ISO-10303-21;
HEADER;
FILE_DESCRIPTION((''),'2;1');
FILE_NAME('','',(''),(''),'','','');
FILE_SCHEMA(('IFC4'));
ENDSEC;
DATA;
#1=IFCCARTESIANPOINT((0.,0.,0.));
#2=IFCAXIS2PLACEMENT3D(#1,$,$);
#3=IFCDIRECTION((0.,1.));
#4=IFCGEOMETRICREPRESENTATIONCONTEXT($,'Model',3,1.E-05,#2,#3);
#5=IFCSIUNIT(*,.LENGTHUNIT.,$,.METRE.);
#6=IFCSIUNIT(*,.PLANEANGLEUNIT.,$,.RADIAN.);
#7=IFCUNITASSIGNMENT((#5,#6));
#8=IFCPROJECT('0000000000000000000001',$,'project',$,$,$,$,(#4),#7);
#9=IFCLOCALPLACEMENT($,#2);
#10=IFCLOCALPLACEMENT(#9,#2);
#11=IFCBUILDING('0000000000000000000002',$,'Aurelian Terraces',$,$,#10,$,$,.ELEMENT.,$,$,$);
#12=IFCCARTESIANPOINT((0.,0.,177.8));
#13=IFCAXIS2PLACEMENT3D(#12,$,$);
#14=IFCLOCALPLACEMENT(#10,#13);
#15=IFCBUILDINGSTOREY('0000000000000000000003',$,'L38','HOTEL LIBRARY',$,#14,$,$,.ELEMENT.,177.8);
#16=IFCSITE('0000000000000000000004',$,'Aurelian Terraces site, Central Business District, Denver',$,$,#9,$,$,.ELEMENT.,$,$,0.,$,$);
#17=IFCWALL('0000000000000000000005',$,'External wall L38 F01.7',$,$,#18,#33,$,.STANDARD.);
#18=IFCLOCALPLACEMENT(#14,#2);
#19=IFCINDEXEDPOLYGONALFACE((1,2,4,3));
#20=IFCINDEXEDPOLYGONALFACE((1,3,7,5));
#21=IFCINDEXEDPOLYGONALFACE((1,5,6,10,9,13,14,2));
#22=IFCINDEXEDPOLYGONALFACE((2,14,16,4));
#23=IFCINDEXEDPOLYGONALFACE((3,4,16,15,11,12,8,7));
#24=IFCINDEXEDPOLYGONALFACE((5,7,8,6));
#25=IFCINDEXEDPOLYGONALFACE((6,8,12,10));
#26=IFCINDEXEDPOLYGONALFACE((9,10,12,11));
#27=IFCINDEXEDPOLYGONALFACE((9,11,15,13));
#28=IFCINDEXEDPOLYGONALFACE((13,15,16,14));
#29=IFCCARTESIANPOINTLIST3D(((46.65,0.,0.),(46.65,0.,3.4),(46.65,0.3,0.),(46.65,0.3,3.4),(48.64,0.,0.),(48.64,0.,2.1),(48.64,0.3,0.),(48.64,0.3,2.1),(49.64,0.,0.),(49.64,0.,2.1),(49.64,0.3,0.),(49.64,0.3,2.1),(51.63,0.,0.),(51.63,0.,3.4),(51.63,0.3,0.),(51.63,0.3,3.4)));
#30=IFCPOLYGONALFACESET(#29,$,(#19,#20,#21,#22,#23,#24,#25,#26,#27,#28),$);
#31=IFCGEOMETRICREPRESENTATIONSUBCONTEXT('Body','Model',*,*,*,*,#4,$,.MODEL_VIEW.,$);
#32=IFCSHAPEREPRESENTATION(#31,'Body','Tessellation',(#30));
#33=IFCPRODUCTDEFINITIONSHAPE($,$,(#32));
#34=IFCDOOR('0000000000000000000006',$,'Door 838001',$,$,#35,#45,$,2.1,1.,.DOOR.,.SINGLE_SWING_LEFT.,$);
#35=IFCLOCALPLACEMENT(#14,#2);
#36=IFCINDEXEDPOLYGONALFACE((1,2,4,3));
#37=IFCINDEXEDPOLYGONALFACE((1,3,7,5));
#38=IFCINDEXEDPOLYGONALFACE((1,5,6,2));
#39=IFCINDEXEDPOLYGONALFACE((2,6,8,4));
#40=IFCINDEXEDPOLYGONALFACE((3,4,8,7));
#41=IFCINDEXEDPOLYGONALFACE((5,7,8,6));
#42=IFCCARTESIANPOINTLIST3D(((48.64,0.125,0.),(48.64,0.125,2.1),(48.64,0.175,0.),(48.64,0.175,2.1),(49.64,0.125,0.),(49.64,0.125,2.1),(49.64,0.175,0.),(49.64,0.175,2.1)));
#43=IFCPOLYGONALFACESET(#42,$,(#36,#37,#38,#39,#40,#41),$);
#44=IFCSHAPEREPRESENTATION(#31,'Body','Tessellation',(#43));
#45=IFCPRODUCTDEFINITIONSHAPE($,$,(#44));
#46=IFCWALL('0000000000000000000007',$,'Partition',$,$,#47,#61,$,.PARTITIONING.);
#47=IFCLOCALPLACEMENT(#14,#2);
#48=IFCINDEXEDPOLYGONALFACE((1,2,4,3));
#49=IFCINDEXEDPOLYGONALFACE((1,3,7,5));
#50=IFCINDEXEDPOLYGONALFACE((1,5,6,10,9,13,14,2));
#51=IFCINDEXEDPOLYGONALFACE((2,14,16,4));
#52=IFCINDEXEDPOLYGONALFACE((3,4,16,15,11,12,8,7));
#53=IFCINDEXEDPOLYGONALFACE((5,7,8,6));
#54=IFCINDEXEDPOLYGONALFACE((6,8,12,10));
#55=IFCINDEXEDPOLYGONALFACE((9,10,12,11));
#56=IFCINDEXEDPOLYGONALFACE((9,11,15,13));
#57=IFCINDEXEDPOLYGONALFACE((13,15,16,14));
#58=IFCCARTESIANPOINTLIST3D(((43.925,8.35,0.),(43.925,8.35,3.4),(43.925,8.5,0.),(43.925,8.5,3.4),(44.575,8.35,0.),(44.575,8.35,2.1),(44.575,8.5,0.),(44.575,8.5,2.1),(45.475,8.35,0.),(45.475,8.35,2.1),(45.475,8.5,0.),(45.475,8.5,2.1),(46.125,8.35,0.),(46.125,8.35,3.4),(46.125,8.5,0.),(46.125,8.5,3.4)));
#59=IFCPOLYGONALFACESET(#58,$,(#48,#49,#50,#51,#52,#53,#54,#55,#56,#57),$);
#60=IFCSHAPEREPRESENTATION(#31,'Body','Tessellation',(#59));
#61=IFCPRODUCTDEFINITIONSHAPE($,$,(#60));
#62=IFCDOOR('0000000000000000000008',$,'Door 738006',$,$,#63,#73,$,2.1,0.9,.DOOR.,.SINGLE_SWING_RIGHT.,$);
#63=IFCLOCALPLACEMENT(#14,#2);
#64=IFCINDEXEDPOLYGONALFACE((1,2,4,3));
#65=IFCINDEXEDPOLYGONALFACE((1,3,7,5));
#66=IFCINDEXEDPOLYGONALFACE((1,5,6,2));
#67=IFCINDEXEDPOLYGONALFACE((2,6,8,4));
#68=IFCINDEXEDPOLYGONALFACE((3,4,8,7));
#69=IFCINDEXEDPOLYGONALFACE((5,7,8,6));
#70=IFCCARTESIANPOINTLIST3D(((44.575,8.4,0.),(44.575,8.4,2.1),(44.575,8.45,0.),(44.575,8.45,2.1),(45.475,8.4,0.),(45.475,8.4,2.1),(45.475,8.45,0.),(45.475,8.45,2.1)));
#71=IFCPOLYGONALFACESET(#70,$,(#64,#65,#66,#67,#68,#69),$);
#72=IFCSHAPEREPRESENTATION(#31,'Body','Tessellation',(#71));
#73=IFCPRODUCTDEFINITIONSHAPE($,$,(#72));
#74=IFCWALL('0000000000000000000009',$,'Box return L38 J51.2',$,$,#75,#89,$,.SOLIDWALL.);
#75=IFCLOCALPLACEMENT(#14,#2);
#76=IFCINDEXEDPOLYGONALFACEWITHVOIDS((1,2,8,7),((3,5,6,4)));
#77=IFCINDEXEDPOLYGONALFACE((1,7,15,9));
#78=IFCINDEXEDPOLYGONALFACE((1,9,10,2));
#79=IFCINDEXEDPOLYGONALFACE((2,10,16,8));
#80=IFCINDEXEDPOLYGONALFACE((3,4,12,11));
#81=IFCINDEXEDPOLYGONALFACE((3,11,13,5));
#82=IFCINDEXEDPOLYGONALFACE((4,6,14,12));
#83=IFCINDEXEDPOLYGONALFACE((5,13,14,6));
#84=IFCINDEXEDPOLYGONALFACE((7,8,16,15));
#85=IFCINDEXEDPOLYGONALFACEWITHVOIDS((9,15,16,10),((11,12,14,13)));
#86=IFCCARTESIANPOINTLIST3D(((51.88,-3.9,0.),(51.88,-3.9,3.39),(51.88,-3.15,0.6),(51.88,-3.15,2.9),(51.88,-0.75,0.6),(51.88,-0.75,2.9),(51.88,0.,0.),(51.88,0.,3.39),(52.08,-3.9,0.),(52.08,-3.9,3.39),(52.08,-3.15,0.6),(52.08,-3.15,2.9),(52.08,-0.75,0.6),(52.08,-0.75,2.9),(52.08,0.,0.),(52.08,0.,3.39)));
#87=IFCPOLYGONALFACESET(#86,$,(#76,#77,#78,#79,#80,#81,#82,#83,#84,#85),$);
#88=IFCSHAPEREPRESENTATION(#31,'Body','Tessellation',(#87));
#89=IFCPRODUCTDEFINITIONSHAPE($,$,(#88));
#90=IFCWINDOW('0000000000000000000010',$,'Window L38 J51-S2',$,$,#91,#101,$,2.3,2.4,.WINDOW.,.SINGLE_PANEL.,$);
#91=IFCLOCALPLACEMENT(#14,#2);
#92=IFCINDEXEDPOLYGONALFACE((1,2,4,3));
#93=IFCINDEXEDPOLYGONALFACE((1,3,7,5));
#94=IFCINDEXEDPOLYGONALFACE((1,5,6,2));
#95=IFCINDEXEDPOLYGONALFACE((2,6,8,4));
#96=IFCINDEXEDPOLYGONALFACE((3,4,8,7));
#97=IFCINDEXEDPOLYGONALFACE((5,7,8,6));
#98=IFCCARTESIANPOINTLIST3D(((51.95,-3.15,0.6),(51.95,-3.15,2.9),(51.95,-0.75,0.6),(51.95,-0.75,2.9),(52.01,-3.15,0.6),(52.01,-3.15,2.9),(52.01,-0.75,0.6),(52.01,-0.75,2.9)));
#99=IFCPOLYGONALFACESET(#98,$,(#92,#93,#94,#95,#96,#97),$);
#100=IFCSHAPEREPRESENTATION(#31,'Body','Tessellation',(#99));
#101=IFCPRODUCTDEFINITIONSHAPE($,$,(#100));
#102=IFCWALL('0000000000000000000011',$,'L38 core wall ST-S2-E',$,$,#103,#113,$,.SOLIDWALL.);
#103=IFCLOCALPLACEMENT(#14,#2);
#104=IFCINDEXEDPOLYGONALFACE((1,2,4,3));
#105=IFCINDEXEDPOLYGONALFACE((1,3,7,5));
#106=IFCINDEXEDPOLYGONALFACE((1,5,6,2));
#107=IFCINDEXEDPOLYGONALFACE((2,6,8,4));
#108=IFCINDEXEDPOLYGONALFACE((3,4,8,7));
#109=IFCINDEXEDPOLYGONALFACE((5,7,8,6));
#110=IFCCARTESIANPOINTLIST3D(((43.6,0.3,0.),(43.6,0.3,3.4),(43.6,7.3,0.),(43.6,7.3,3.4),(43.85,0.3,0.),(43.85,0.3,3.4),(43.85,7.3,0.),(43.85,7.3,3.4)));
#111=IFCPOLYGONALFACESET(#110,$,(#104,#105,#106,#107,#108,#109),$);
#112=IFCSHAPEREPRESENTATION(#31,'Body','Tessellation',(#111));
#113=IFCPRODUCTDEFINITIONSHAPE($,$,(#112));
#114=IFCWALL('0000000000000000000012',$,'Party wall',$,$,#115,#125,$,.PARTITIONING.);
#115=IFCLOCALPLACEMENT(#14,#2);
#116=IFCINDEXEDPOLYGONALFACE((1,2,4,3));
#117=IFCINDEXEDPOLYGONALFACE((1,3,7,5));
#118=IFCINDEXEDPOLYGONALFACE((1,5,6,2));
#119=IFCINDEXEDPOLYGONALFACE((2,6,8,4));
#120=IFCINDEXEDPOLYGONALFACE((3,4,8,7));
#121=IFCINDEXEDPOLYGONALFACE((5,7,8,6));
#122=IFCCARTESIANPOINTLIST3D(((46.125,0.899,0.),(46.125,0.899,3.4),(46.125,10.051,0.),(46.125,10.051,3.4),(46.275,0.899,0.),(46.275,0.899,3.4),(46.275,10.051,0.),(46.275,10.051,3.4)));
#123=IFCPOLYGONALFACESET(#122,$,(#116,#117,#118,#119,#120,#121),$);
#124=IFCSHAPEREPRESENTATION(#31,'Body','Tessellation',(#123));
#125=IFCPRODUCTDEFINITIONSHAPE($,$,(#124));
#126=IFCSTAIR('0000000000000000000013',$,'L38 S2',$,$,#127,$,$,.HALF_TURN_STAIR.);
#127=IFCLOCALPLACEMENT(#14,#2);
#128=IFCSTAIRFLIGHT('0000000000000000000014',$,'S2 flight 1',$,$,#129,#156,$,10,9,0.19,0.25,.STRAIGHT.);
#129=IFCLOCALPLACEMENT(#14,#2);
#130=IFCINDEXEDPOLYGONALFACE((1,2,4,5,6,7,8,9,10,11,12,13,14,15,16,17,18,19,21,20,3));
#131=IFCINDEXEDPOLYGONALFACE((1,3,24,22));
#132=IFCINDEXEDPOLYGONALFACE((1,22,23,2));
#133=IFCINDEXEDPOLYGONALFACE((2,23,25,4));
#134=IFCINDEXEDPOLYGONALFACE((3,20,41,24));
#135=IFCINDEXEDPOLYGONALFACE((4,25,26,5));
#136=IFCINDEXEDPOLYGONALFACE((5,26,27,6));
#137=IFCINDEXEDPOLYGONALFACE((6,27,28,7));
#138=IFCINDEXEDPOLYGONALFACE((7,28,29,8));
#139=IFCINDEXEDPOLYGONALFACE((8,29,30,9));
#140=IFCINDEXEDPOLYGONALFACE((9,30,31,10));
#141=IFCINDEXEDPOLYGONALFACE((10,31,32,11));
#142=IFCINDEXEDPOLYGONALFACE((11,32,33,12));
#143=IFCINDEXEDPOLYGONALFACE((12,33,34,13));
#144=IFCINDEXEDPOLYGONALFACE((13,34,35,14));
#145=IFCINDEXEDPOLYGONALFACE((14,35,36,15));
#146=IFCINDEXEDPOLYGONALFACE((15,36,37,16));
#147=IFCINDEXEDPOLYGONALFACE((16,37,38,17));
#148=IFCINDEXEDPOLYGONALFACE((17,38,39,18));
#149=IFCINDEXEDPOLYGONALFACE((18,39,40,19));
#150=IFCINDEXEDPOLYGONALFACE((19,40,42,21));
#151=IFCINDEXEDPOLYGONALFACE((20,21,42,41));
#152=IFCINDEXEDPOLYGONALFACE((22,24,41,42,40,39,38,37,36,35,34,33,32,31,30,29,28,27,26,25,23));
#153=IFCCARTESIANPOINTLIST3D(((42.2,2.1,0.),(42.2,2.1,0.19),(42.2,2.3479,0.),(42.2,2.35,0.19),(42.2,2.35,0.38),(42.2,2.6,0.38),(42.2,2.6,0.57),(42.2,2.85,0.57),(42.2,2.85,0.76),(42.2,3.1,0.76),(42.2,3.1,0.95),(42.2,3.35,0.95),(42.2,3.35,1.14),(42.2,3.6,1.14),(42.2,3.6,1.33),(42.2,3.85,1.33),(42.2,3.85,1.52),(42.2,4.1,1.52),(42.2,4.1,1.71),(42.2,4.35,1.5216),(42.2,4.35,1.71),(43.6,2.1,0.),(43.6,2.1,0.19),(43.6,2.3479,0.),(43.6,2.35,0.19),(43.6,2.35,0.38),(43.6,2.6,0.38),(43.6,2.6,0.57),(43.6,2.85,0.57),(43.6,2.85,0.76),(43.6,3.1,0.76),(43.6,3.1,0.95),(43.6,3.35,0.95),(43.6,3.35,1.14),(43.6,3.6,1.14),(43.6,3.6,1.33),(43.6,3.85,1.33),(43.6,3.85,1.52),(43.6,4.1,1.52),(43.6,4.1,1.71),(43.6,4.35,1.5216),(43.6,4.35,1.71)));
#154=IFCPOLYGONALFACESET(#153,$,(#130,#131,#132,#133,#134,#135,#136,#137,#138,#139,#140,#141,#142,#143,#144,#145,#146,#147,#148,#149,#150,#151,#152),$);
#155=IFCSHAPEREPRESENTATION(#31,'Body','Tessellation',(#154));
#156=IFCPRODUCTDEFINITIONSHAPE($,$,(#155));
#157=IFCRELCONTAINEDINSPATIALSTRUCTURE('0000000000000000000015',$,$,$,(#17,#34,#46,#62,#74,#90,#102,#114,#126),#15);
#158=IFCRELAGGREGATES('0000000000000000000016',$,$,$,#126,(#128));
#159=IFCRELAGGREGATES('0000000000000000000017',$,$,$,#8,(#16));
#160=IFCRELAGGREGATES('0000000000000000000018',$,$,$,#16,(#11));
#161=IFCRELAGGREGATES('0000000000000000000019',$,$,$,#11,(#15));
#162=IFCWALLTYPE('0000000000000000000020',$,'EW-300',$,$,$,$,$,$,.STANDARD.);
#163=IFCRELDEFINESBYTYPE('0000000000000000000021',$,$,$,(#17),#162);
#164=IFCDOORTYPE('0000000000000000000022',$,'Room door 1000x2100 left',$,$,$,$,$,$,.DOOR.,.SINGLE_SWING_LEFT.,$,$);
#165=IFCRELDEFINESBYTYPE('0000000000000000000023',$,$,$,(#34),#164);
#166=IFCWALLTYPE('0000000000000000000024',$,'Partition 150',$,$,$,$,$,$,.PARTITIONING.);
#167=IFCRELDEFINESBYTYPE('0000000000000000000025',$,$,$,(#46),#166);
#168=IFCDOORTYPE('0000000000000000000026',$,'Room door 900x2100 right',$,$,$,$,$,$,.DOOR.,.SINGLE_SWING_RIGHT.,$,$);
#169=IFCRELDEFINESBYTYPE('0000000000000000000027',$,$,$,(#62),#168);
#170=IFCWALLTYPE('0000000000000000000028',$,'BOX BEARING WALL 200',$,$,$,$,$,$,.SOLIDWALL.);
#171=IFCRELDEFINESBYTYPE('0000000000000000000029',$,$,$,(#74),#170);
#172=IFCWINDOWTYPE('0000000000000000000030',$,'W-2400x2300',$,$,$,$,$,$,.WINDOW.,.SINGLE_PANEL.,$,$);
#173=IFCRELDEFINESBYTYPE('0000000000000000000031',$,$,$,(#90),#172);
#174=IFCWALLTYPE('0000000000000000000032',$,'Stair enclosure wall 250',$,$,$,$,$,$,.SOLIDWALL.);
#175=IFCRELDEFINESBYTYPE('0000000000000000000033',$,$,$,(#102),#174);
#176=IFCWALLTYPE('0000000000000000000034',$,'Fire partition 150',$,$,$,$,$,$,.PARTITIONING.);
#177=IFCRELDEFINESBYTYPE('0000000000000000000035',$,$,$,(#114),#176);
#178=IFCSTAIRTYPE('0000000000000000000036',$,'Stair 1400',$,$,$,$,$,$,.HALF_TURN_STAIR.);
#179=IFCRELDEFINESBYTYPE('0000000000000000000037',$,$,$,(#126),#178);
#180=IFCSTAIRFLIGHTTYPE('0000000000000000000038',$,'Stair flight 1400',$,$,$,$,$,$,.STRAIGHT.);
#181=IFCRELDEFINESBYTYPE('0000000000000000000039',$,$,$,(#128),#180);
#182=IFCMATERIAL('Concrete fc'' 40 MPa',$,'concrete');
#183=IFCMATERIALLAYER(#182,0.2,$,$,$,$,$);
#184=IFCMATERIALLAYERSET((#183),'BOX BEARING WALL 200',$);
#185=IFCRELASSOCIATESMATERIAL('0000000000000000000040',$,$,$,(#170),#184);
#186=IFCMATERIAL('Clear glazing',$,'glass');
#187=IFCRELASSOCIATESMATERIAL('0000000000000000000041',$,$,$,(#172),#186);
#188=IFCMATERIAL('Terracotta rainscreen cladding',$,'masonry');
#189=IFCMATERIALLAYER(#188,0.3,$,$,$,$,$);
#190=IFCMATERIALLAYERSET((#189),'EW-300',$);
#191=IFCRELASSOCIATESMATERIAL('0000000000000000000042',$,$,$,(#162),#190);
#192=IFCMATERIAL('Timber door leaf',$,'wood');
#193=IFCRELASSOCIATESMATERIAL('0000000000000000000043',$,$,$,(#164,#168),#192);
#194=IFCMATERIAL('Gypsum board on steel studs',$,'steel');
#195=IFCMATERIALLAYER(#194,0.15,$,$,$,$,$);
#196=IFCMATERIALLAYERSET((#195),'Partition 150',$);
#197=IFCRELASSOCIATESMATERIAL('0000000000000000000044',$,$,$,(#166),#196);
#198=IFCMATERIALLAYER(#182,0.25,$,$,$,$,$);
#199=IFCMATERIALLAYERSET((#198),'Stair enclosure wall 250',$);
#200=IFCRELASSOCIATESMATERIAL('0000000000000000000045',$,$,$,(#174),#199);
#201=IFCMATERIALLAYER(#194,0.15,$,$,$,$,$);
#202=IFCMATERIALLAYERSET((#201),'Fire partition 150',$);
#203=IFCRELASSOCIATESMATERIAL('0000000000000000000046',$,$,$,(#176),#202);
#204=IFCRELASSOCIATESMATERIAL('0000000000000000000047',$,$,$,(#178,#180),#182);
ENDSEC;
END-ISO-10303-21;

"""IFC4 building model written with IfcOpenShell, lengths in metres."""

from ifc_helpers import new_model, si_unit, direction, frame, frame_2d, origin, place, context, subcontext, project, spatial, polyline, rectangle, outline, extrude, source, transform, mapped, material, layer, layer_set, type_object, element, fill, aggregate, save


model = new_model("IFC4")

# Units and contexts
model_context = context("Model", 3, precision=1e-05, world=origin(), true_north=direction((0.0, 1.0)))
body_context = subcontext(model_context, "Body", "Model", "MODEL_VIEW")
ifc_project = project(units=[si_unit("LENGTHUNIT", "METRE"), si_unit("PLANEANGLEUNIT", "RADIAN")], contexts=[model_context])

# Site, building, storey
site_placement = place(None, origin())
site = spatial("IfcSite", under=ifc_project, at=site_placement, Name="Aurelian Terraces site, Central Business District, Denver", CompositionType="ELEMENT", RefElevation=0.0)
building_placement = place(site_placement, origin())
building = spatial("IfcBuilding", under=site, at=building_placement, Name="Aurelian Terraces", CompositionType="ELEMENT")
storey_placement = place(building_placement, frame((0.0, 0.0, 177.8)))
storey = spatial("IfcBuildingStorey", under=building, at=storey_placement, Name="L38", Description="HOTEL LIBRARY", CompositionType="ELEMENT", Elevation=177.8)

# Shared definitions
ifc_material_1 = material(Name="Concrete fc' 40 MPa", Category="concrete")
ifc_layer_1 = layer(ifc_material_1, 0.2)
ifc_layer_set_1 = layer_set([ifc_layer_1], Name="BOX BEARING WALL 200")
wall_type_1 = type_object("IfcWallType", Name="BOX BEARING WALL 200", PredefinedType="SOLIDWALL", material=ifc_layer_set_1)
ifc_material_2 = material(Name="Clear glazing", Category="glass")
window_type_1 = type_object("IfcWindowType", Name="W-2400x2300", PartitioningType="SINGLE_PANEL", PredefinedType="WINDOW", material=ifc_material_2)
shared_shape_1 = source(origin(), body_context, "Body", "SweptSolid", [
    extrude(rectangle(XDim=2.4, YDim=2.3, at=frame_2d((1.2, 1.15))), frame((0.0, 0.03, 0.0), z_axis=(0.0, -1.0, 0.0), x_axis=(1.0, 0.0, 0.0)), (0.0, 0.0, 1.0), 0.06),
])

# Shared definitions
ifc_material_3 = material(Name="Gypsum board on steel studs", Category="steel")

# Shared definitions
ifc_material_4 = material(Name="Terracotta rainscreen cladding", Category="masonry")
ifc_layer_2 = layer(ifc_material_4, 0.3)
ifc_layer_set_2 = layer_set([ifc_layer_2], Name="EW-300")
wall_type_2 = type_object("IfcWallType", Name="EW-300", PredefinedType="STANDARD", material=ifc_layer_set_2)

# Walls, openings, doors
wall_1_placement = place(storey_placement, frame((46.65, 0.15, 0.0), z_axis=(0.0, 0.0, 1.0), x_axis=(1.0, 0.0, 0.0)))
wall_1 = element("IfcWall", 1, at=wall_1_placement, inside=storey, type_object=wall_type_2, Name="External wall L38 F01.7", PredefinedType="STANDARD", context=body_context, shape_type="SweptSolid", body=[
    extrude(rectangle(XDim=4.98, YDim=0.3, at=frame_2d((2.49, 0.0))), origin(), (0.0, 0.0, 1.0), 3.4),
])
shared_shape_2 = source(origin(), body_context, "Body", "SweptSolid", [
    extrude(rectangle(XDim=1.0, YDim=2.1, at=frame_2d((0.5, 1.05))), frame((0.0, 0.16, 0.0), z_axis=(0.0, -1.0, 0.0), x_axis=(1.0, 0.0, 0.0)), (0.0, 0.0, 1.0), 0.32),
])
opening_1_placement = place(wall_1_placement, frame((1.99, 0.0, 0.0)))
opening_1 = element("IfcOpeningElement", 2, at=opening_1_placement, cuts=wall_1, PredefinedType="OPENING", context=body_context, shape_type="MappedRepresentation", body=[
    mapped(shared_shape_2, transform((0.0, 0.0, 0.0), scale=1.0)),
])
ifc_material_5 = material(Name="Timber door leaf", Category="wood")
door_type_1 = type_object("IfcDoorType", Name="Room door 1000x2100 left", OperationType="SINGLE_SWING_LEFT", PredefinedType="DOOR", material=ifc_material_5)
shared_shape_3 = source(origin(), body_context, "Body", "SweptSolid", [
    extrude(rectangle(XDim=1.0, YDim=2.1, at=frame_2d((0.5, 1.05))), frame((0.0, 0.025, 0.0), z_axis=(0.0, -1.0, 0.0), x_axis=(1.0, 0.0, 0.0)), (0.0, 0.0, 1.0), 0.05),
])
door_1_placement = place(opening_1_placement, origin())
door_1 = element("IfcDoor", 3, at=door_1_placement, inside=storey, type_object=door_type_1, Name="Door 838001", OperationType="SINGLE_SWING_LEFT", OverallHeight=2.1, OverallWidth=1.0, PredefinedType="DOOR", context=body_context, shape_type="MappedRepresentation", body=[
    mapped(shared_shape_3, transform((0.0, 0.0, 0.0), scale=1.0)),
])
fill(opening_1, door_1)
ifc_layer_3 = layer(ifc_material_3, 0.15)
ifc_layer_set_3 = layer_set([ifc_layer_3], Name="Partition 150")
wall_type_3 = type_object("IfcWallType", Name="Partition 150", PredefinedType="PARTITIONING", material=ifc_layer_set_3)
wall_2_placement = place(storey_placement, frame((46.125, 8.425, 0.0), z_axis=(0.0, 0.0, 1.0), x_axis=(-1.0, 0.0, 0.0)))
wall_2 = element("IfcWall", 4, at=wall_2_placement, inside=storey, type_object=wall_type_3, Name="Partition", PredefinedType="PARTITIONING", context=body_context, shape_type="SweptSolid", body=[
    extrude(rectangle(XDim=2.2, YDim=0.15, at=frame_2d((1.1, 0.0))), origin(), (0.0, 0.0, 1.0), 3.4),
])
shared_shape_4 = source(origin(), body_context, "Body", "SweptSolid", [
    extrude(rectangle(XDim=0.9, YDim=2.1, at=frame_2d((0.45, 1.05))), frame((0.0, 0.085, 0.0), z_axis=(0.0, -1.0, 0.0), x_axis=(1.0, 0.0, 0.0)), (0.0, 0.0, 1.0), 0.17),
])
opening_2_placement = place(wall_2_placement, frame((0.65, 0.0, 0.0)))
opening_2 = element("IfcOpeningElement", 5, at=opening_2_placement, cuts=wall_2, PredefinedType="OPENING", context=body_context, shape_type="MappedRepresentation", body=[
    mapped(shared_shape_4, transform((0.0, 0.0, 0.0), scale=1.0)),
])
door_type_2 = type_object("IfcDoorType", Name="Room door 900x2100 right", OperationType="SINGLE_SWING_RIGHT", PredefinedType="DOOR", material=ifc_material_5)
shared_shape_5 = source(origin(), body_context, "Body", "SweptSolid", [
    extrude(rectangle(XDim=0.9, YDim=2.1, at=frame_2d((0.45, 1.05))), frame((0.0, 0.025, 0.0), z_axis=(0.0, -1.0, 0.0), x_axis=(1.0, 0.0, 0.0)), (0.0, 0.0, 1.0), 0.05),
])
door_2_placement = place(opening_2_placement, origin())
door_2 = element("IfcDoor", 6, at=door_2_placement, inside=storey, type_object=door_type_2, Name="Door 738006", OperationType="SINGLE_SWING_RIGHT", OverallHeight=2.1, OverallWidth=0.9, PredefinedType="DOOR", context=body_context, shape_type="MappedRepresentation", body=[
    mapped(shared_shape_5, transform((0.0, 0.0, 0.0), scale=1.0)),
])
fill(opening_2, door_2)

# Wall, opening, window
shared_shape_6 = source(origin(), body_context, "Body", "SweptSolid", [
    extrude(rectangle(XDim=3.9, YDim=0.2, at=frame_2d((1.95, 0.0))), origin(), (0.0, 0.0, 1.0), 3.39),
])
wall_3_placement = place(storey_placement, frame((51.98, 0.0, 0.0), z_axis=(0.0, 0.0, 1.0), x_axis=(0.0, -1.0, 0.0)))
wall_3 = element("IfcWall", 7, at=wall_3_placement, inside=storey, type_object=wall_type_1, Name="Box return L38 J51.2", PredefinedType="SOLIDWALL", context=body_context, shape_type="MappedRepresentation", body=[
    mapped(shared_shape_6, transform((0.0, 0.0, 0.0), scale=1.0)),
])
shared_shape_7 = source(origin(), body_context, "Body", "SweptSolid", [
    extrude(rectangle(XDim=2.4, YDim=2.3, at=frame_2d((1.2, 1.15))), frame((0.0, 0.11, 0.0), z_axis=(0.0, -1.0, 0.0), x_axis=(1.0, 0.0, 0.0)), (0.0, 0.0, 1.0), 0.22),
])
opening_3_placement = place(wall_3_placement, frame((0.75, 0.0, 0.6)))
opening_3 = element("IfcOpeningElement", 8, at=opening_3_placement, cuts=wall_3, PredefinedType="OPENING", context=body_context, shape_type="MappedRepresentation", body=[
    mapped(shared_shape_7, transform((0.0, 0.0, 0.0), scale=1.0)),
])
window_1_placement = place(opening_3_placement, origin())
window_1 = element("IfcWindow", 9, at=window_1_placement, inside=storey, type_object=window_type_1, Name="Window L38 J51-S2", OverallHeight=2.3, OverallWidth=2.4, PartitioningType="SINGLE_PANEL", PredefinedType="WINDOW", context=body_context, shape_type="MappedRepresentation", body=[
    mapped(shared_shape_1, transform((0.0, 0.0, 0.0), scale=1.0)),
])
fill(opening_3, window_1)

# Walls
ifc_layer_4 = layer(ifc_material_1, 0.25)
ifc_layer_set_4 = layer_set([ifc_layer_4], Name="Stair enclosure wall 250")
wall_type_4 = type_object("IfcWallType", Name="Stair enclosure wall 250", PredefinedType="SOLIDWALL", material=ifc_layer_set_4)
shared_shape_8 = source(origin(), body_context, "Body", "SweptSolid", [
    extrude(rectangle(XDim=7.0, YDim=0.25, at=frame_2d((3.5, 0.0))), origin(), (0.0, 0.0, 1.0), 3.4),
])
wall_4_placement = place(storey_placement, frame((43.725, 0.3, 0.0), z_axis=(0.0, 0.0, 1.0), x_axis=(0.0, 1.0, 0.0)))
element("IfcWall", 10, at=wall_4_placement, inside=storey, type_object=wall_type_4, Name="L38 core wall ST-S2-E", PredefinedType="SOLIDWALL", context=body_context, shape_type="MappedRepresentation", body=[
    mapped(shared_shape_8, transform((0.0, 0.0, 0.0), scale=1.0)),
])
ifc_layer_5 = layer(ifc_material_3, 0.15)
ifc_layer_set_5 = layer_set([ifc_layer_5], Name="Fire partition 150")
wall_type_5 = type_object("IfcWallType", Name="Fire partition 150", PredefinedType="PARTITIONING", material=ifc_layer_set_5)
shared_shape_9 = source(origin(), body_context, "Body", "SweptSolid", [
    extrude(rectangle(XDim=9.152, YDim=0.15, at=frame_2d((4.576, 0.0))), origin(), (0.0, 0.0, 1.0), 3.4),
])
wall_5_placement = place(storey_placement, frame((46.2, 0.899, 0.0), z_axis=(0.0, 0.0, 1.0), x_axis=(0.0, 1.0, 0.0)))
element("IfcWall", 11, at=wall_5_placement, inside=storey, type_object=wall_type_5, Name="Party wall", PredefinedType="PARTITIONING", context=body_context, shape_type="MappedRepresentation", body=[
    mapped(shared_shape_9, transform((0.0, 0.0, 0.0), scale=1.0)),
])

# Stair, stair flight
stair_type = type_object("IfcStairType", Name="Stair 1400", PredefinedType="HALF_TURN_STAIR", material=ifc_material_1)
stair_placement = place(storey_placement, origin())
stair = element("IfcStair", 12, at=stair_placement, inside=storey, type_object=stair_type, Name="L38 S2", PredefinedType="HALF_TURN_STAIR")
stair_flight_type = type_object("IfcStairFlightType", Name="Stair flight 1400", PredefinedType="STRAIGHT", material=ifc_material_1)
shared_shape_10 = source(origin(), body_context, "Body", "SweptSolid", [
    extrude(outline(polyline([(0.0, 0.0), (0.0, 0.19), (0.25, 0.19), (0.25, 0.38), (0.5, 0.38), (0.5, 0.57), (0.75, 0.57), (0.75, 0.76), (1.0, 0.76), (1.0, 0.95), (1.25, 0.95), (1.25, 1.14), (1.5, 1.14), (1.5, 1.33), (1.75, 1.33), (1.75, 1.52), (2.0, 1.52), (2.0, 1.71), (2.25, 1.71), (2.25, 1.9), (2.25, 1.5216), (0.2479, 0.0), (0.0, 0.0)])), frame((0.0, 0.7, 0.0), z_axis=(0.0, -1.0, 0.0), x_axis=(1.0, 0.0, 0.0)), (0.0, 0.0, 1.0), 1.4),
])
stair_flight_placement = place(storey_placement, frame((42.9, 2.1, 0.0), z_axis=(0.0, 0.0, 1.0), x_axis=(0.0, 1.0, 0.0)))
stair_flight = element("IfcStairFlight", 13, at=stair_flight_placement, type_object=stair_flight_type, Name="S2 flight 1", NumberOfRisers=10, NumberOfTreads=9, PredefinedType="STRAIGHT", RiserHeight=0.19, TreadLength=0.25, context=body_context, shape_type="MappedRepresentation", body=[
    mapped(shared_shape_10, transform((0.0, 0.0, 0.0), scale=1.0)),
])
aggregate(stair, [stair_flight])

save(model, "model.ifc")
